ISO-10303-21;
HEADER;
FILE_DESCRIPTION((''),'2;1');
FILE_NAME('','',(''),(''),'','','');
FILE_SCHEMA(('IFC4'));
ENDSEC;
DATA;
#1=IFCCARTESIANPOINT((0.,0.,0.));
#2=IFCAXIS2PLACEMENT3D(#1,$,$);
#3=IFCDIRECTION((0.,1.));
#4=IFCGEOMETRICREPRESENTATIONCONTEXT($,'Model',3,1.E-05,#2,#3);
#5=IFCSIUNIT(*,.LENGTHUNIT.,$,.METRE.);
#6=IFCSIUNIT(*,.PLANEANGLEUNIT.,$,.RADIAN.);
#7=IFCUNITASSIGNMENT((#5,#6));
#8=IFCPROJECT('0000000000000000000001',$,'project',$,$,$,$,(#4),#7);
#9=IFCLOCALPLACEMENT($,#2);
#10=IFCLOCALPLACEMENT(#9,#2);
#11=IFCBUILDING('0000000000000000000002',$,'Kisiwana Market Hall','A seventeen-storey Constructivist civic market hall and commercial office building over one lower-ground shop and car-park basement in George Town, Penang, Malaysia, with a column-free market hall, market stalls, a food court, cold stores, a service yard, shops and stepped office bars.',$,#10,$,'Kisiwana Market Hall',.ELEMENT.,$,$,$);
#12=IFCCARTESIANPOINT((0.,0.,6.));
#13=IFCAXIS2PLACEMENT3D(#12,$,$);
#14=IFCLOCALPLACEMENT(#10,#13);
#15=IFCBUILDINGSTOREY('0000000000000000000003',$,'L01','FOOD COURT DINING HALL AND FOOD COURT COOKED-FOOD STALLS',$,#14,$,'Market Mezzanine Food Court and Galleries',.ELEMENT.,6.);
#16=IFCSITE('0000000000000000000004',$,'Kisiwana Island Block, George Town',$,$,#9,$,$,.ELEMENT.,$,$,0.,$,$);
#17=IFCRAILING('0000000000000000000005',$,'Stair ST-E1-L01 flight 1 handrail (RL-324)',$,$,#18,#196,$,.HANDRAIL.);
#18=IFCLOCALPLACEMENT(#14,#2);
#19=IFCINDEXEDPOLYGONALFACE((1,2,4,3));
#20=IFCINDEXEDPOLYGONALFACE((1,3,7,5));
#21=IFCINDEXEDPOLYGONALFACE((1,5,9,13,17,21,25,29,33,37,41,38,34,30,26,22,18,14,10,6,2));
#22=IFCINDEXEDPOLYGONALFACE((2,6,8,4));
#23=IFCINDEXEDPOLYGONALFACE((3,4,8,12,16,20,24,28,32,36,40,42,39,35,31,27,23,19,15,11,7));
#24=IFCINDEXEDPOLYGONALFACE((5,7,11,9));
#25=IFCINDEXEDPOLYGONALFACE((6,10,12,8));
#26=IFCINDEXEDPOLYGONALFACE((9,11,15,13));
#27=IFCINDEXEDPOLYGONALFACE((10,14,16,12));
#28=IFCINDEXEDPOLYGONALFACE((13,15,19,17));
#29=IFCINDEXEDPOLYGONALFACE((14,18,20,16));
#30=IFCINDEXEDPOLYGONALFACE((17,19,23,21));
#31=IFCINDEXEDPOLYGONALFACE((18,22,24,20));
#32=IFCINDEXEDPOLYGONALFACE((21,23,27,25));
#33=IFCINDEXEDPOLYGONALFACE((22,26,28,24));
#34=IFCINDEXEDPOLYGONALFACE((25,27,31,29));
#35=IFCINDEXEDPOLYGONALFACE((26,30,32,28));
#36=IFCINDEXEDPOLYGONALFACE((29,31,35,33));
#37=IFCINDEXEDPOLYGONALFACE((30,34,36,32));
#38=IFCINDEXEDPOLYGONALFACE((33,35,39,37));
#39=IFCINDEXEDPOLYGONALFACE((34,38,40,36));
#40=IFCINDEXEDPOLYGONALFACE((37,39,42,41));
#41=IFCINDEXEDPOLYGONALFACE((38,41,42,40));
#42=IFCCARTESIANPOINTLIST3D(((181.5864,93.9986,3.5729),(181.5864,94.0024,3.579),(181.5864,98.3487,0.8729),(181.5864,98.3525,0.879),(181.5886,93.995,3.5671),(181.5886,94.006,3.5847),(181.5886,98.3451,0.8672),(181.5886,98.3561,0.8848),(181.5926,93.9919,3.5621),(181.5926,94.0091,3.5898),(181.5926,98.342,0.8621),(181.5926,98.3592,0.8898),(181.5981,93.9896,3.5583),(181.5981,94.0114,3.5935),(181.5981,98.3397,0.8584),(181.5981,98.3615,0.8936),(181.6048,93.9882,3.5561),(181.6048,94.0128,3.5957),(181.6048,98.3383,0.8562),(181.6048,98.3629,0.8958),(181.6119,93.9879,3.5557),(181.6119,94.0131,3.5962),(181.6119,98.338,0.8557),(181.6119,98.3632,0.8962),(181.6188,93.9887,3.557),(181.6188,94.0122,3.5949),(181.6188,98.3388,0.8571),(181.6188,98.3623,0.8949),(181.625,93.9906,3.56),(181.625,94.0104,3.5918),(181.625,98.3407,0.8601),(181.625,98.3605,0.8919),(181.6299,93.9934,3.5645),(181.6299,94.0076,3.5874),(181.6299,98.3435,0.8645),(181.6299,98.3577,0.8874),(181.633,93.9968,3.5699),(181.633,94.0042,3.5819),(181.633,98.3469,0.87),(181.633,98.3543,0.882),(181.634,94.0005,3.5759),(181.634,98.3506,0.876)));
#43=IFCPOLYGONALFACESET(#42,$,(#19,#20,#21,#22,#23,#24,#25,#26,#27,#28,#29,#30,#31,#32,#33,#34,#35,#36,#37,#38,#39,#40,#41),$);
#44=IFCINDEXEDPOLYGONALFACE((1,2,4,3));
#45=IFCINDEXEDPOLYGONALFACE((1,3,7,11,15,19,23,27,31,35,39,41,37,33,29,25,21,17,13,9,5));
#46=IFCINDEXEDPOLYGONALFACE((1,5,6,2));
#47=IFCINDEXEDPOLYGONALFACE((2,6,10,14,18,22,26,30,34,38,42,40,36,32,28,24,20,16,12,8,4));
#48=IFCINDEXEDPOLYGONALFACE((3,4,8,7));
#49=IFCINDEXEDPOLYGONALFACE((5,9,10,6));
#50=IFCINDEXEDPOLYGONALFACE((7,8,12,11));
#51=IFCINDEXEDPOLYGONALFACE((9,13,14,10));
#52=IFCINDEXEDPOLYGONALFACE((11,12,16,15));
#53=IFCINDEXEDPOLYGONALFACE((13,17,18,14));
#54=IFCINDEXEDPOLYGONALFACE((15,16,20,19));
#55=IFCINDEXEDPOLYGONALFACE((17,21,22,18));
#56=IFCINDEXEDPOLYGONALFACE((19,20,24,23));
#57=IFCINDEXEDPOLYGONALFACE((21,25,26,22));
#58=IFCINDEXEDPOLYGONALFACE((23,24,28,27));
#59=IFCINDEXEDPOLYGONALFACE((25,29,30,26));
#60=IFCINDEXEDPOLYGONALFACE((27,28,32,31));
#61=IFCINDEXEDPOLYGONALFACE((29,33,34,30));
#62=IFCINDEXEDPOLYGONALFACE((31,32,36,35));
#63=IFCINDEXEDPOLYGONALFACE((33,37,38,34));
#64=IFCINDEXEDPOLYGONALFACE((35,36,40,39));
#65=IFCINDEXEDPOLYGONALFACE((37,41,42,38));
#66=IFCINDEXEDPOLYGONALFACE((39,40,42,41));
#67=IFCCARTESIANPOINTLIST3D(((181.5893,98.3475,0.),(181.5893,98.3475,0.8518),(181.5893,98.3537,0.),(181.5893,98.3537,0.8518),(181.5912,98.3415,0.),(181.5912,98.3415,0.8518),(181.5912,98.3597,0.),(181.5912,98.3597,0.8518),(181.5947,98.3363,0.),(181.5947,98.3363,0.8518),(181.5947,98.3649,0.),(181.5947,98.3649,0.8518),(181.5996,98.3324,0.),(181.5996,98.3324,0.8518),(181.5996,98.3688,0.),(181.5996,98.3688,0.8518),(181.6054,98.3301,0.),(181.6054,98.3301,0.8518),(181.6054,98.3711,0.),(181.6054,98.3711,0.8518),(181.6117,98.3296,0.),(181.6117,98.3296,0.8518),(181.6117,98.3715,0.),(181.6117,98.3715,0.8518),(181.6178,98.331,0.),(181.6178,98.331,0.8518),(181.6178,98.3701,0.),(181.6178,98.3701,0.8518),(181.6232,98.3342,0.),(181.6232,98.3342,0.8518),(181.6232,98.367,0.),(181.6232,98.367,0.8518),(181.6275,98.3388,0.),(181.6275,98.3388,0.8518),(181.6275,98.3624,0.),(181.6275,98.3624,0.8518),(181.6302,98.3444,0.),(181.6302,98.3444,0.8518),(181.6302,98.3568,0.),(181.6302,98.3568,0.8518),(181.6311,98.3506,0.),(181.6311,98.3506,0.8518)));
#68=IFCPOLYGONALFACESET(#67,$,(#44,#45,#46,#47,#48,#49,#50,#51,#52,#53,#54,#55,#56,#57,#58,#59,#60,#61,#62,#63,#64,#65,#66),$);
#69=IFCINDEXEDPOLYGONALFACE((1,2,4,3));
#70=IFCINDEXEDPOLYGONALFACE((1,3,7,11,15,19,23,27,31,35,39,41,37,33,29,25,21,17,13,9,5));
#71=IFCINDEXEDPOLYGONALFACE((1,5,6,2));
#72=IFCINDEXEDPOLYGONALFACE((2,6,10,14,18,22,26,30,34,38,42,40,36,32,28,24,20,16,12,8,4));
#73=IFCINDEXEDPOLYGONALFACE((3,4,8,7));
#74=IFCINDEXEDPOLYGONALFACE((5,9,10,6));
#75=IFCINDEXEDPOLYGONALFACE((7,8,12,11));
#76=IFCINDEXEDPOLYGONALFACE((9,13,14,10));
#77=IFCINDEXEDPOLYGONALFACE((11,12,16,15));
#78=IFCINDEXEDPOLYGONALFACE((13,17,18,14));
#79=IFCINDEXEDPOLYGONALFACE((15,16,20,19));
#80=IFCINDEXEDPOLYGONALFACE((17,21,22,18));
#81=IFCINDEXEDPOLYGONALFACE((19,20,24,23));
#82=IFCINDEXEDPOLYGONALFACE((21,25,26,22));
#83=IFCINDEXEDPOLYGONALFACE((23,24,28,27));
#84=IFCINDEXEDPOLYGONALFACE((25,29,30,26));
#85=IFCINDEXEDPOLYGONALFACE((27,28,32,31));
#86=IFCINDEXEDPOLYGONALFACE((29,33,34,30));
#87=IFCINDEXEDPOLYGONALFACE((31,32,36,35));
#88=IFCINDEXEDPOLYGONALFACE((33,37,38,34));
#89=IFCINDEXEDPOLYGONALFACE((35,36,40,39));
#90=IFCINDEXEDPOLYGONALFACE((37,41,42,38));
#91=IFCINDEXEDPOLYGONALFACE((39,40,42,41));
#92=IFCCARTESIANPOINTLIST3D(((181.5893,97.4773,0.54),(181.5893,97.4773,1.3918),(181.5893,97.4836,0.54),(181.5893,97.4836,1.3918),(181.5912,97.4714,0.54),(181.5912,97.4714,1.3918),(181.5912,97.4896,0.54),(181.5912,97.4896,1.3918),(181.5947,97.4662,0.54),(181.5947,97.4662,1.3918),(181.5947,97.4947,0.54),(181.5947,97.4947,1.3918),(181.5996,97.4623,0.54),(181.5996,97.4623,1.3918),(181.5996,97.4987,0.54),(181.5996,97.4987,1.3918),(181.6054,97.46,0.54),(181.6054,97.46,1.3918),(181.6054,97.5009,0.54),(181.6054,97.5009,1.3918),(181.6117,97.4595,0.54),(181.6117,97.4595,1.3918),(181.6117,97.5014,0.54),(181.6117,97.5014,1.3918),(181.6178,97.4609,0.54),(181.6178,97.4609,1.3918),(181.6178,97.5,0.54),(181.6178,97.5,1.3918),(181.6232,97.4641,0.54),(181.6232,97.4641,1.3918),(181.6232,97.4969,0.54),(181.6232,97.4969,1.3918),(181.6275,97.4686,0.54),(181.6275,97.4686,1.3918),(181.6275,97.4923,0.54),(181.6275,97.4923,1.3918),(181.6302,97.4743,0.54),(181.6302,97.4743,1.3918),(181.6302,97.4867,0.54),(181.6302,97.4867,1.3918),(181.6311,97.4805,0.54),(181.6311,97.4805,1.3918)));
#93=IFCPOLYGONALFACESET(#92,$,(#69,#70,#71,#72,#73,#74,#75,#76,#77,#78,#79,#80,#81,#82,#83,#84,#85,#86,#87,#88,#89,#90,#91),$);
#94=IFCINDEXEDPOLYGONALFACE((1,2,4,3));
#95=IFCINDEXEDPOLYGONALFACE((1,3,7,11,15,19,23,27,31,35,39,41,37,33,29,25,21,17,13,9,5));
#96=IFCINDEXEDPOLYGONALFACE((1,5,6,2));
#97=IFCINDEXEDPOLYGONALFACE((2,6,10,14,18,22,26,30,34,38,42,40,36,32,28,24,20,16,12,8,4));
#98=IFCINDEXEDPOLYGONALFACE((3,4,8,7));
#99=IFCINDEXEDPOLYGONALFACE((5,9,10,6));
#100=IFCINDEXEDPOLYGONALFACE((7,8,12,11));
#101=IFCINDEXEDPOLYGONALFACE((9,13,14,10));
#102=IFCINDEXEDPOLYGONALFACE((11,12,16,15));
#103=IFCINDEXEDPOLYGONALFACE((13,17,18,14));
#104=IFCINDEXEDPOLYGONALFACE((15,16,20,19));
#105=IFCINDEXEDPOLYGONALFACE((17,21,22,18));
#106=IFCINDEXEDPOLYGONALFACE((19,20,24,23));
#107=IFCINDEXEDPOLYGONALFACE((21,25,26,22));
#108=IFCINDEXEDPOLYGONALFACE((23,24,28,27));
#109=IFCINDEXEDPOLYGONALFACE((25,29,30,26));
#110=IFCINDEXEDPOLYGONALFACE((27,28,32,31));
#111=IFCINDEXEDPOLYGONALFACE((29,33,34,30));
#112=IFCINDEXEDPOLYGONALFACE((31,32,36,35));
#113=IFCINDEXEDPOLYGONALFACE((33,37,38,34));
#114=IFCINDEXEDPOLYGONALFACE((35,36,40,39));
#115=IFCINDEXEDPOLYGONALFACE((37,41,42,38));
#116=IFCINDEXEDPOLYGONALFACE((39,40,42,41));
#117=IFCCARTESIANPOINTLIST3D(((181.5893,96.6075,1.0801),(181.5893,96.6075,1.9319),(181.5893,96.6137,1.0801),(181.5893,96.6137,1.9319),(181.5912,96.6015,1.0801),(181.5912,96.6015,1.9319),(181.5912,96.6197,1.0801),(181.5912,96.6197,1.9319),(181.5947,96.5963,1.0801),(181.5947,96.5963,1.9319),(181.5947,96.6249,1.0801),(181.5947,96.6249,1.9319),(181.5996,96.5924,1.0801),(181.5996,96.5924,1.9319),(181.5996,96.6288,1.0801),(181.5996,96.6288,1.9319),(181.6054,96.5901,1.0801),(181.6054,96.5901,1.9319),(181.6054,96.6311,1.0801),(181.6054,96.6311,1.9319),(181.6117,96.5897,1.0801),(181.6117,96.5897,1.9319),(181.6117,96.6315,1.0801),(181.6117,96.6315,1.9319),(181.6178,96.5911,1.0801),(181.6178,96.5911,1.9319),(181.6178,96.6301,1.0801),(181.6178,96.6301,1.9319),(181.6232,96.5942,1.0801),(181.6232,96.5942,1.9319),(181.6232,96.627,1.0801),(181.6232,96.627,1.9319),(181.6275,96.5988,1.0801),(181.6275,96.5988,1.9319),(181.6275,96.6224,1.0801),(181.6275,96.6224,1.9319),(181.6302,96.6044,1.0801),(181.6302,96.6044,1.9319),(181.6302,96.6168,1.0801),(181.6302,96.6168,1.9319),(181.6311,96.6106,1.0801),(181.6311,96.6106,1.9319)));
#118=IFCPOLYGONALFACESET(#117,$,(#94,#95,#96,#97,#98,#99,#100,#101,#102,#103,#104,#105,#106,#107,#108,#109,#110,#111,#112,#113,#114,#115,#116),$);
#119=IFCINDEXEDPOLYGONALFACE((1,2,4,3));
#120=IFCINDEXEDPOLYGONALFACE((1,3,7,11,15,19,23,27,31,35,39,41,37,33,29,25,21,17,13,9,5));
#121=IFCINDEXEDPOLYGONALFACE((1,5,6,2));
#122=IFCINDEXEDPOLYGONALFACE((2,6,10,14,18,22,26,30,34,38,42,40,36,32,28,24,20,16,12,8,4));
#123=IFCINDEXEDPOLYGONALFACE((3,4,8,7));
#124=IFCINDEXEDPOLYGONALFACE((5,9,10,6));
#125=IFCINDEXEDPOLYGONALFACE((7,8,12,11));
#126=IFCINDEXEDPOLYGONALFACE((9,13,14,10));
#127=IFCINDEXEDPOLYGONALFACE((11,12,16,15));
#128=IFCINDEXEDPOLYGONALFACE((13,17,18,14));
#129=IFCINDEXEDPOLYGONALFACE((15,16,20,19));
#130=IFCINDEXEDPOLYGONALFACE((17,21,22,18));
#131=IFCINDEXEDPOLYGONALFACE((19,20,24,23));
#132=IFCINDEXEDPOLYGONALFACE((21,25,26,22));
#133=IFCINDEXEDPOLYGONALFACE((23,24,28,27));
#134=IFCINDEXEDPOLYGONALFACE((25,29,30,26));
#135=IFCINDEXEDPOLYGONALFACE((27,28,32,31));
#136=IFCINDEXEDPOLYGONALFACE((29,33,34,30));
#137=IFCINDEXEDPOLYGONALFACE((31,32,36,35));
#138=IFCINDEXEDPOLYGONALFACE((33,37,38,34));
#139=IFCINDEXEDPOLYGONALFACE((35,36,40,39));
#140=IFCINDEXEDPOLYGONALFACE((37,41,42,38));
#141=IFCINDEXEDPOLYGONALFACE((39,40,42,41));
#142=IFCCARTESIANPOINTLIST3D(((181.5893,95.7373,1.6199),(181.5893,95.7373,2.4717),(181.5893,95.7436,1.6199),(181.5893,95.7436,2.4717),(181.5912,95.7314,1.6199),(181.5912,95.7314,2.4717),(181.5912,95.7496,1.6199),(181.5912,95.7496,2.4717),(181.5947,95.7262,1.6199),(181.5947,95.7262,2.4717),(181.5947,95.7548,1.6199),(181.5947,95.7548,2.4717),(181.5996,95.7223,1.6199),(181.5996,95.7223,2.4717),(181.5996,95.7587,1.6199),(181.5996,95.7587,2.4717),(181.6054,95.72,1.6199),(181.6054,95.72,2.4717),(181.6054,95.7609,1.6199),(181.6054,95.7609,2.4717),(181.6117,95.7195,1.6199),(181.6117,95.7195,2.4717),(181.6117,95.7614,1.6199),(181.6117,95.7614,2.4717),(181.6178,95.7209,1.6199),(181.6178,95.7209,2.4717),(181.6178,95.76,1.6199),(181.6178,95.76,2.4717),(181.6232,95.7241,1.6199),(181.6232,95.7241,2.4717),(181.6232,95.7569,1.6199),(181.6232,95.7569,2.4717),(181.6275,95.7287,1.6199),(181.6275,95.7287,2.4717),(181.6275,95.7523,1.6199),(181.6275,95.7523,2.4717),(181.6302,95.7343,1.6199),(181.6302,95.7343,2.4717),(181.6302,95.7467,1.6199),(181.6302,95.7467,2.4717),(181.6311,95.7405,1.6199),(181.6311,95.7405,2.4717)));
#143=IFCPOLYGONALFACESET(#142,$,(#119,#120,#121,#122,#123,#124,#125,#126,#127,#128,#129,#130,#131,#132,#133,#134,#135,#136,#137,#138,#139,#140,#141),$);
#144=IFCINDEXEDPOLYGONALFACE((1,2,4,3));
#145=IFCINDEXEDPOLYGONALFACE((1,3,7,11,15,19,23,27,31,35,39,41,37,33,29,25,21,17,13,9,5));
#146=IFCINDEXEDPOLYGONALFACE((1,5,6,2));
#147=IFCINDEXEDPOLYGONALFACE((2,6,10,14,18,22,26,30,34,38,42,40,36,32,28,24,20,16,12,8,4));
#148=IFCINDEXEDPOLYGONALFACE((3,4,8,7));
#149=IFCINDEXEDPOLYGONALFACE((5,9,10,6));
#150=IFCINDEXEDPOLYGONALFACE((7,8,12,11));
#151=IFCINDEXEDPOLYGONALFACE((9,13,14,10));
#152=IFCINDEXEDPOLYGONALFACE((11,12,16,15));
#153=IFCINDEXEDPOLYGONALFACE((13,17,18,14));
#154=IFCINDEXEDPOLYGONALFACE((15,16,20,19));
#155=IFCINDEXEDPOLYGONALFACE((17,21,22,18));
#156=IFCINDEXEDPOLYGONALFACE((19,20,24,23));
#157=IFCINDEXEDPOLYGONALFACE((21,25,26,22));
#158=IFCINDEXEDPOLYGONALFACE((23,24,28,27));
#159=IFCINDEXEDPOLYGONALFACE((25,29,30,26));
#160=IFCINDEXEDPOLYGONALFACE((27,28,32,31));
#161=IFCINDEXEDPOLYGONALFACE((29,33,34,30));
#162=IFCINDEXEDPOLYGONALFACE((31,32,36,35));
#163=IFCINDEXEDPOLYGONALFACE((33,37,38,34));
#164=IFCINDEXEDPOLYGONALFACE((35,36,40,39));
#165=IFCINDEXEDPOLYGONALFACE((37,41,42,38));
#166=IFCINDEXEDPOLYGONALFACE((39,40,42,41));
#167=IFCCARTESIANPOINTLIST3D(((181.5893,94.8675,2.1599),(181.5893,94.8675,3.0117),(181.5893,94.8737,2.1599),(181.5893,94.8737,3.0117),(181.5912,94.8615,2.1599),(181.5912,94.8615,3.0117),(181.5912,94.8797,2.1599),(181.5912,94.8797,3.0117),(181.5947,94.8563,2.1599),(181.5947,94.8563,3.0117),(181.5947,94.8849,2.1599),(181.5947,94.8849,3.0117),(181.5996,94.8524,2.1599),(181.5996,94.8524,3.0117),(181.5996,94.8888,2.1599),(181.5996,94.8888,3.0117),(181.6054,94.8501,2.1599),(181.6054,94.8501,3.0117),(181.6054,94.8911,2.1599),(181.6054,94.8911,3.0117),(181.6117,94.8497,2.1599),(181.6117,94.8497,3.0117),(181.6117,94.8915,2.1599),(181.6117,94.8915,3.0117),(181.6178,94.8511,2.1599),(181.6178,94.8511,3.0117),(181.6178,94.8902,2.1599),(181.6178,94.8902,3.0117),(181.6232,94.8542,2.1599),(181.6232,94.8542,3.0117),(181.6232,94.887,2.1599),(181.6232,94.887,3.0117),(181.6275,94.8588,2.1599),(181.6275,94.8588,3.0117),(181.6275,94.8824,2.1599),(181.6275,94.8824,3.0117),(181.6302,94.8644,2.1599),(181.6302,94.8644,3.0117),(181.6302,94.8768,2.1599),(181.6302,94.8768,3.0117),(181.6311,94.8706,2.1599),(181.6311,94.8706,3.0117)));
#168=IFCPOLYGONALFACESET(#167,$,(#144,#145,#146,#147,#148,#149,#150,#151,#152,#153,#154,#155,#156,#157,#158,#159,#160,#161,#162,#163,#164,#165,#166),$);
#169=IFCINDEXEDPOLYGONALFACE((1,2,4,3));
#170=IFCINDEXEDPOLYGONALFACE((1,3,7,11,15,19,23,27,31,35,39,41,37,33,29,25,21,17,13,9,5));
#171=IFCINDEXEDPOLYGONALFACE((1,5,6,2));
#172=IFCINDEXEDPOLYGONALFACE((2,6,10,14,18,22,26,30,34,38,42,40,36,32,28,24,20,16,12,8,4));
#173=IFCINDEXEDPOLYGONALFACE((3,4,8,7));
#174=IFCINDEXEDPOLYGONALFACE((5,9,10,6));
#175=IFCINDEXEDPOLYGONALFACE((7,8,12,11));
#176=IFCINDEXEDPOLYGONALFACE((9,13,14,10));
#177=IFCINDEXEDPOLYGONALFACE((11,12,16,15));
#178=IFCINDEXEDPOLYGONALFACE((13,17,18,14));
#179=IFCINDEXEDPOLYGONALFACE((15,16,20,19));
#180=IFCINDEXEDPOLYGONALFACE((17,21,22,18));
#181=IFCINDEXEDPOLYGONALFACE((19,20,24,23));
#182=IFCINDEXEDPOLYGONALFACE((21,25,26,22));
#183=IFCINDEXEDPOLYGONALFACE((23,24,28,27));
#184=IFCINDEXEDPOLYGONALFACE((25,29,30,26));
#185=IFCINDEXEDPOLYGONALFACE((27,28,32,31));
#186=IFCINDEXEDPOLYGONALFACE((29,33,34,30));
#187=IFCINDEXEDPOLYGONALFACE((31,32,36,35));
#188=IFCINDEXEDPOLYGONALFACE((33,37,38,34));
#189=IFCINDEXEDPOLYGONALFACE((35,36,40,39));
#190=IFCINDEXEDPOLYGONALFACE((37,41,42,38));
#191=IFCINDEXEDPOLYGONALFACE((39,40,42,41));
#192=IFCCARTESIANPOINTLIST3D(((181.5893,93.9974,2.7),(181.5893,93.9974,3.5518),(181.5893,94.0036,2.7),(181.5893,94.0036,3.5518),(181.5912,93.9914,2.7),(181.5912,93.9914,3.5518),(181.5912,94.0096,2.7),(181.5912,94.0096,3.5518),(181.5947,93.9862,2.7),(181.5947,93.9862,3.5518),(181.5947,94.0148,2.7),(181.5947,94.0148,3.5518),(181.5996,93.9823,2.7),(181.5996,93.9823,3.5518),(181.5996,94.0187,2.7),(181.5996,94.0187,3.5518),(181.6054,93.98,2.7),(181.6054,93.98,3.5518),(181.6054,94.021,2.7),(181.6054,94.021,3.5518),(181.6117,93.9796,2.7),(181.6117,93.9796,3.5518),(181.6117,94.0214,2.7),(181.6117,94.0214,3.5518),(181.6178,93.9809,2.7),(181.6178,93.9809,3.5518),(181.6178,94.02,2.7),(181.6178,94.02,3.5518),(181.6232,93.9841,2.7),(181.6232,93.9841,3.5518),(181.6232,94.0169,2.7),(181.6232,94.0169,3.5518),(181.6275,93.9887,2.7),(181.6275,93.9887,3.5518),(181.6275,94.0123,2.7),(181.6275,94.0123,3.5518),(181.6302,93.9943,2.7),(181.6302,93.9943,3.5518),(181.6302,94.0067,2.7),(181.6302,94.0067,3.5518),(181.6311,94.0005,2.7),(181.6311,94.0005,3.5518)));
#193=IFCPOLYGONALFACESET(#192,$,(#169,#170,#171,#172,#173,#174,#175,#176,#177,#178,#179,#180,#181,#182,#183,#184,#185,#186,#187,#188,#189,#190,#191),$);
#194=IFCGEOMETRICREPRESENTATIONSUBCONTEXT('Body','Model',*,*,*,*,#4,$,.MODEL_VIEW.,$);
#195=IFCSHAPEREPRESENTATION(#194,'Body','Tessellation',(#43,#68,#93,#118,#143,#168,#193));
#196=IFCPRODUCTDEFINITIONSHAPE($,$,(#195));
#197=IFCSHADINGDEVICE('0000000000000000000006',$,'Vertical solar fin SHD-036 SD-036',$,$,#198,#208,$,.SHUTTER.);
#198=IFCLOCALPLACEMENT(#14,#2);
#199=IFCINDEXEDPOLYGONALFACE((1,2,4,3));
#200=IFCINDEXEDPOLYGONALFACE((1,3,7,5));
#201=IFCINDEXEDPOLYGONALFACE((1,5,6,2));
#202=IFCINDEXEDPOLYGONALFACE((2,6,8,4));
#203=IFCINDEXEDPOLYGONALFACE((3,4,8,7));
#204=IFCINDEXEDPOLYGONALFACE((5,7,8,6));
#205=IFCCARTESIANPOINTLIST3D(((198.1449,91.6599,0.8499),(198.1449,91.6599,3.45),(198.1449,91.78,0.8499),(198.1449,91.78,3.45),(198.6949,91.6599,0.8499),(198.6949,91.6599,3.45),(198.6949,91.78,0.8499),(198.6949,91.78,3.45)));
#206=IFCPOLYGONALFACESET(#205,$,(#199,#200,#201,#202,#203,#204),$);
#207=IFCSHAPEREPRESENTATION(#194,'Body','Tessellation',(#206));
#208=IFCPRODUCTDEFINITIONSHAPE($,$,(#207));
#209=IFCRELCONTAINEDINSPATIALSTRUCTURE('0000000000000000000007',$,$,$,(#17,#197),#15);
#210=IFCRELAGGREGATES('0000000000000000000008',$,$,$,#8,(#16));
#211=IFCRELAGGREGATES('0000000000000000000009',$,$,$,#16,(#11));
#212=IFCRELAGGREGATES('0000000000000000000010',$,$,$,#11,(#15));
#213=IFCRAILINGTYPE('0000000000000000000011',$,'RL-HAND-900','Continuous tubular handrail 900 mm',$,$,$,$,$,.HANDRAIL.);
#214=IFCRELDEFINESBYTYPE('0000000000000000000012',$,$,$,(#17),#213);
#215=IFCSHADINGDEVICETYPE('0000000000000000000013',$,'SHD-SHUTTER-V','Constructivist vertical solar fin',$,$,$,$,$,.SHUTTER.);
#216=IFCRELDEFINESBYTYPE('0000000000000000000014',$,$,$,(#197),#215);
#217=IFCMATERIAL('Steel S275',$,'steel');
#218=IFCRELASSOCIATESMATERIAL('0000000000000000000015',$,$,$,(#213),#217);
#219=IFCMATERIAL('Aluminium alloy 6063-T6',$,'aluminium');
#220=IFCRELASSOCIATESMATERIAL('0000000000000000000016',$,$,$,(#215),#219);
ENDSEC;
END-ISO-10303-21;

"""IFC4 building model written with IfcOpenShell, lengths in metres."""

from ifc_helpers import new_model, si_unit, direction, frame, origin, origin_2d, place, context, subcontext, project, spatial, rectangle, circle, extrude, material, type_object, element, save


model = new_model("IFC4")

# Units and contexts
model_context = context("Model", 3, precision=1e-05, world=origin(), true_north=direction((0.0, 1.0)))
body_context = subcontext(model_context, "Body", "Model", "MODEL_VIEW")
ifc_project = project(units=[si_unit("LENGTHUNIT", "METRE"), si_unit("PLANEANGLEUNIT", "RADIAN")], contexts=[model_context])

# Site, building, storey
site_placement = place(None, origin())
site = spatial("IfcSite", under=ifc_project, at=site_placement, Name="Kisiwana Island Block, George Town", CompositionType="ELEMENT", RefElevation=0.0)
building_placement = place(site_placement, origin())
building = spatial("IfcBuilding", under=site, at=building_placement, Name="Kisiwana Market Hall", Description="A seventeen-storey Constructivist civic market hall and commercial office building over one lower-ground shop and car-park basement in George Town, Penang, Malaysia, with a column-free market hall, market stalls, a food court, cold stores, a service yard, shops and stepped office bars.", LongName="Kisiwana Market Hall", CompositionType="ELEMENT")
storey_placement = place(building_placement, frame((0.0, 0.0, 6.0)))
storey = spatial("IfcBuildingStorey", under=building, at=storey_placement, Name="L01", Description="FOOD COURT DINING HALL AND FOOD COURT COOKED-FOOD STALLS", LongName="Market Mezzanine Food Court and Galleries", CompositionType="ELEMENT", Elevation=6.0)

# Railing
ifc_material_1 = material(Name="Steel S275", Category="steel")
railing_type = type_object("IfcRailingType", Name="RL-HAND-900", Description="Continuous tubular handrail 900 mm", PredefinedType="HANDRAIL", material=ifc_material_1)
railing_1_placement = place(storey_placement, frame((181.6101, 98.3506, 0.0)))
element("IfcRailing", 1, at=railing_1_placement, inside=storey, type_object=railing_type, Name="Stair ST-E1-L01 flight 1 handrail (RL-324)", PredefinedType="HANDRAIL", context=body_context, shape_type="SweptSolid", body=[
    extrude(circle(Radius=0.0239, at=origin_2d()), frame((0.0, 0.0, 0.876), z_axis=(0.0, -0.84965, 0.527347), x_axis=(1.0, 0.0, 0.0)), (0.0, 0.0, 1.0), 5.1199),
    extrude(circle(Radius=0.021, at=origin_2d()), origin(), (0.0, 0.0, 1.0), 0.8518),
    extrude(circle(Radius=0.021, at=origin_2d()), frame((0.0, -0.8701, 0.54)), (0.0, 0.0, 1.0), 0.8518),
    extrude(circle(Radius=0.021, at=origin_2d()), frame((0.0, -1.74, 1.0801)), (0.0, 0.0, 1.0), 0.8518),
    extrude(circle(Radius=0.021, at=origin_2d()), frame((0.0, -2.6101, 1.6199)), (0.0, 0.0, 1.0), 0.8518),
    extrude(circle(Radius=0.021, at=origin_2d()), frame((0.0, -3.48, 2.1599)), (0.0, 0.0, 1.0), 0.8518),
    extrude(circle(Radius=0.021, at=origin_2d()), frame((0.0, -4.3501, 2.7)), (0.0, 0.0, 1.0), 0.8518),
])

# Shading device
ifc_material_2 = material(Name="Aluminium alloy 6063-T6", Category="aluminium")
shading_device_type = type_object("IfcShadingDeviceType", Name="SHD-SHUTTER-V", Description="Constructivist vertical solar fin", PredefinedType="SHUTTER", material=ifc_material_2)
shading_device_placement = place(storey_placement, frame((198.4199, 91.72, 0.8499), z_axis=(0.0, 0.0, 1.0), x_axis=(0.0, 1.0, 0.0)))
element("IfcShadingDevice", 2, at=shading_device_placement, inside=storey, type_object=shading_device_type, Name="Vertical solar fin SHD-036 SD-036", PredefinedType="SHUTTER", context=body_context, shape_type="SweptSolid", body=[
    extrude(rectangle(XDim=0.1201, YDim=0.55, at=origin_2d()), origin(), (0.0, 0.0, 1.0), 2.6001),
])

save(model, "model.ifc")
